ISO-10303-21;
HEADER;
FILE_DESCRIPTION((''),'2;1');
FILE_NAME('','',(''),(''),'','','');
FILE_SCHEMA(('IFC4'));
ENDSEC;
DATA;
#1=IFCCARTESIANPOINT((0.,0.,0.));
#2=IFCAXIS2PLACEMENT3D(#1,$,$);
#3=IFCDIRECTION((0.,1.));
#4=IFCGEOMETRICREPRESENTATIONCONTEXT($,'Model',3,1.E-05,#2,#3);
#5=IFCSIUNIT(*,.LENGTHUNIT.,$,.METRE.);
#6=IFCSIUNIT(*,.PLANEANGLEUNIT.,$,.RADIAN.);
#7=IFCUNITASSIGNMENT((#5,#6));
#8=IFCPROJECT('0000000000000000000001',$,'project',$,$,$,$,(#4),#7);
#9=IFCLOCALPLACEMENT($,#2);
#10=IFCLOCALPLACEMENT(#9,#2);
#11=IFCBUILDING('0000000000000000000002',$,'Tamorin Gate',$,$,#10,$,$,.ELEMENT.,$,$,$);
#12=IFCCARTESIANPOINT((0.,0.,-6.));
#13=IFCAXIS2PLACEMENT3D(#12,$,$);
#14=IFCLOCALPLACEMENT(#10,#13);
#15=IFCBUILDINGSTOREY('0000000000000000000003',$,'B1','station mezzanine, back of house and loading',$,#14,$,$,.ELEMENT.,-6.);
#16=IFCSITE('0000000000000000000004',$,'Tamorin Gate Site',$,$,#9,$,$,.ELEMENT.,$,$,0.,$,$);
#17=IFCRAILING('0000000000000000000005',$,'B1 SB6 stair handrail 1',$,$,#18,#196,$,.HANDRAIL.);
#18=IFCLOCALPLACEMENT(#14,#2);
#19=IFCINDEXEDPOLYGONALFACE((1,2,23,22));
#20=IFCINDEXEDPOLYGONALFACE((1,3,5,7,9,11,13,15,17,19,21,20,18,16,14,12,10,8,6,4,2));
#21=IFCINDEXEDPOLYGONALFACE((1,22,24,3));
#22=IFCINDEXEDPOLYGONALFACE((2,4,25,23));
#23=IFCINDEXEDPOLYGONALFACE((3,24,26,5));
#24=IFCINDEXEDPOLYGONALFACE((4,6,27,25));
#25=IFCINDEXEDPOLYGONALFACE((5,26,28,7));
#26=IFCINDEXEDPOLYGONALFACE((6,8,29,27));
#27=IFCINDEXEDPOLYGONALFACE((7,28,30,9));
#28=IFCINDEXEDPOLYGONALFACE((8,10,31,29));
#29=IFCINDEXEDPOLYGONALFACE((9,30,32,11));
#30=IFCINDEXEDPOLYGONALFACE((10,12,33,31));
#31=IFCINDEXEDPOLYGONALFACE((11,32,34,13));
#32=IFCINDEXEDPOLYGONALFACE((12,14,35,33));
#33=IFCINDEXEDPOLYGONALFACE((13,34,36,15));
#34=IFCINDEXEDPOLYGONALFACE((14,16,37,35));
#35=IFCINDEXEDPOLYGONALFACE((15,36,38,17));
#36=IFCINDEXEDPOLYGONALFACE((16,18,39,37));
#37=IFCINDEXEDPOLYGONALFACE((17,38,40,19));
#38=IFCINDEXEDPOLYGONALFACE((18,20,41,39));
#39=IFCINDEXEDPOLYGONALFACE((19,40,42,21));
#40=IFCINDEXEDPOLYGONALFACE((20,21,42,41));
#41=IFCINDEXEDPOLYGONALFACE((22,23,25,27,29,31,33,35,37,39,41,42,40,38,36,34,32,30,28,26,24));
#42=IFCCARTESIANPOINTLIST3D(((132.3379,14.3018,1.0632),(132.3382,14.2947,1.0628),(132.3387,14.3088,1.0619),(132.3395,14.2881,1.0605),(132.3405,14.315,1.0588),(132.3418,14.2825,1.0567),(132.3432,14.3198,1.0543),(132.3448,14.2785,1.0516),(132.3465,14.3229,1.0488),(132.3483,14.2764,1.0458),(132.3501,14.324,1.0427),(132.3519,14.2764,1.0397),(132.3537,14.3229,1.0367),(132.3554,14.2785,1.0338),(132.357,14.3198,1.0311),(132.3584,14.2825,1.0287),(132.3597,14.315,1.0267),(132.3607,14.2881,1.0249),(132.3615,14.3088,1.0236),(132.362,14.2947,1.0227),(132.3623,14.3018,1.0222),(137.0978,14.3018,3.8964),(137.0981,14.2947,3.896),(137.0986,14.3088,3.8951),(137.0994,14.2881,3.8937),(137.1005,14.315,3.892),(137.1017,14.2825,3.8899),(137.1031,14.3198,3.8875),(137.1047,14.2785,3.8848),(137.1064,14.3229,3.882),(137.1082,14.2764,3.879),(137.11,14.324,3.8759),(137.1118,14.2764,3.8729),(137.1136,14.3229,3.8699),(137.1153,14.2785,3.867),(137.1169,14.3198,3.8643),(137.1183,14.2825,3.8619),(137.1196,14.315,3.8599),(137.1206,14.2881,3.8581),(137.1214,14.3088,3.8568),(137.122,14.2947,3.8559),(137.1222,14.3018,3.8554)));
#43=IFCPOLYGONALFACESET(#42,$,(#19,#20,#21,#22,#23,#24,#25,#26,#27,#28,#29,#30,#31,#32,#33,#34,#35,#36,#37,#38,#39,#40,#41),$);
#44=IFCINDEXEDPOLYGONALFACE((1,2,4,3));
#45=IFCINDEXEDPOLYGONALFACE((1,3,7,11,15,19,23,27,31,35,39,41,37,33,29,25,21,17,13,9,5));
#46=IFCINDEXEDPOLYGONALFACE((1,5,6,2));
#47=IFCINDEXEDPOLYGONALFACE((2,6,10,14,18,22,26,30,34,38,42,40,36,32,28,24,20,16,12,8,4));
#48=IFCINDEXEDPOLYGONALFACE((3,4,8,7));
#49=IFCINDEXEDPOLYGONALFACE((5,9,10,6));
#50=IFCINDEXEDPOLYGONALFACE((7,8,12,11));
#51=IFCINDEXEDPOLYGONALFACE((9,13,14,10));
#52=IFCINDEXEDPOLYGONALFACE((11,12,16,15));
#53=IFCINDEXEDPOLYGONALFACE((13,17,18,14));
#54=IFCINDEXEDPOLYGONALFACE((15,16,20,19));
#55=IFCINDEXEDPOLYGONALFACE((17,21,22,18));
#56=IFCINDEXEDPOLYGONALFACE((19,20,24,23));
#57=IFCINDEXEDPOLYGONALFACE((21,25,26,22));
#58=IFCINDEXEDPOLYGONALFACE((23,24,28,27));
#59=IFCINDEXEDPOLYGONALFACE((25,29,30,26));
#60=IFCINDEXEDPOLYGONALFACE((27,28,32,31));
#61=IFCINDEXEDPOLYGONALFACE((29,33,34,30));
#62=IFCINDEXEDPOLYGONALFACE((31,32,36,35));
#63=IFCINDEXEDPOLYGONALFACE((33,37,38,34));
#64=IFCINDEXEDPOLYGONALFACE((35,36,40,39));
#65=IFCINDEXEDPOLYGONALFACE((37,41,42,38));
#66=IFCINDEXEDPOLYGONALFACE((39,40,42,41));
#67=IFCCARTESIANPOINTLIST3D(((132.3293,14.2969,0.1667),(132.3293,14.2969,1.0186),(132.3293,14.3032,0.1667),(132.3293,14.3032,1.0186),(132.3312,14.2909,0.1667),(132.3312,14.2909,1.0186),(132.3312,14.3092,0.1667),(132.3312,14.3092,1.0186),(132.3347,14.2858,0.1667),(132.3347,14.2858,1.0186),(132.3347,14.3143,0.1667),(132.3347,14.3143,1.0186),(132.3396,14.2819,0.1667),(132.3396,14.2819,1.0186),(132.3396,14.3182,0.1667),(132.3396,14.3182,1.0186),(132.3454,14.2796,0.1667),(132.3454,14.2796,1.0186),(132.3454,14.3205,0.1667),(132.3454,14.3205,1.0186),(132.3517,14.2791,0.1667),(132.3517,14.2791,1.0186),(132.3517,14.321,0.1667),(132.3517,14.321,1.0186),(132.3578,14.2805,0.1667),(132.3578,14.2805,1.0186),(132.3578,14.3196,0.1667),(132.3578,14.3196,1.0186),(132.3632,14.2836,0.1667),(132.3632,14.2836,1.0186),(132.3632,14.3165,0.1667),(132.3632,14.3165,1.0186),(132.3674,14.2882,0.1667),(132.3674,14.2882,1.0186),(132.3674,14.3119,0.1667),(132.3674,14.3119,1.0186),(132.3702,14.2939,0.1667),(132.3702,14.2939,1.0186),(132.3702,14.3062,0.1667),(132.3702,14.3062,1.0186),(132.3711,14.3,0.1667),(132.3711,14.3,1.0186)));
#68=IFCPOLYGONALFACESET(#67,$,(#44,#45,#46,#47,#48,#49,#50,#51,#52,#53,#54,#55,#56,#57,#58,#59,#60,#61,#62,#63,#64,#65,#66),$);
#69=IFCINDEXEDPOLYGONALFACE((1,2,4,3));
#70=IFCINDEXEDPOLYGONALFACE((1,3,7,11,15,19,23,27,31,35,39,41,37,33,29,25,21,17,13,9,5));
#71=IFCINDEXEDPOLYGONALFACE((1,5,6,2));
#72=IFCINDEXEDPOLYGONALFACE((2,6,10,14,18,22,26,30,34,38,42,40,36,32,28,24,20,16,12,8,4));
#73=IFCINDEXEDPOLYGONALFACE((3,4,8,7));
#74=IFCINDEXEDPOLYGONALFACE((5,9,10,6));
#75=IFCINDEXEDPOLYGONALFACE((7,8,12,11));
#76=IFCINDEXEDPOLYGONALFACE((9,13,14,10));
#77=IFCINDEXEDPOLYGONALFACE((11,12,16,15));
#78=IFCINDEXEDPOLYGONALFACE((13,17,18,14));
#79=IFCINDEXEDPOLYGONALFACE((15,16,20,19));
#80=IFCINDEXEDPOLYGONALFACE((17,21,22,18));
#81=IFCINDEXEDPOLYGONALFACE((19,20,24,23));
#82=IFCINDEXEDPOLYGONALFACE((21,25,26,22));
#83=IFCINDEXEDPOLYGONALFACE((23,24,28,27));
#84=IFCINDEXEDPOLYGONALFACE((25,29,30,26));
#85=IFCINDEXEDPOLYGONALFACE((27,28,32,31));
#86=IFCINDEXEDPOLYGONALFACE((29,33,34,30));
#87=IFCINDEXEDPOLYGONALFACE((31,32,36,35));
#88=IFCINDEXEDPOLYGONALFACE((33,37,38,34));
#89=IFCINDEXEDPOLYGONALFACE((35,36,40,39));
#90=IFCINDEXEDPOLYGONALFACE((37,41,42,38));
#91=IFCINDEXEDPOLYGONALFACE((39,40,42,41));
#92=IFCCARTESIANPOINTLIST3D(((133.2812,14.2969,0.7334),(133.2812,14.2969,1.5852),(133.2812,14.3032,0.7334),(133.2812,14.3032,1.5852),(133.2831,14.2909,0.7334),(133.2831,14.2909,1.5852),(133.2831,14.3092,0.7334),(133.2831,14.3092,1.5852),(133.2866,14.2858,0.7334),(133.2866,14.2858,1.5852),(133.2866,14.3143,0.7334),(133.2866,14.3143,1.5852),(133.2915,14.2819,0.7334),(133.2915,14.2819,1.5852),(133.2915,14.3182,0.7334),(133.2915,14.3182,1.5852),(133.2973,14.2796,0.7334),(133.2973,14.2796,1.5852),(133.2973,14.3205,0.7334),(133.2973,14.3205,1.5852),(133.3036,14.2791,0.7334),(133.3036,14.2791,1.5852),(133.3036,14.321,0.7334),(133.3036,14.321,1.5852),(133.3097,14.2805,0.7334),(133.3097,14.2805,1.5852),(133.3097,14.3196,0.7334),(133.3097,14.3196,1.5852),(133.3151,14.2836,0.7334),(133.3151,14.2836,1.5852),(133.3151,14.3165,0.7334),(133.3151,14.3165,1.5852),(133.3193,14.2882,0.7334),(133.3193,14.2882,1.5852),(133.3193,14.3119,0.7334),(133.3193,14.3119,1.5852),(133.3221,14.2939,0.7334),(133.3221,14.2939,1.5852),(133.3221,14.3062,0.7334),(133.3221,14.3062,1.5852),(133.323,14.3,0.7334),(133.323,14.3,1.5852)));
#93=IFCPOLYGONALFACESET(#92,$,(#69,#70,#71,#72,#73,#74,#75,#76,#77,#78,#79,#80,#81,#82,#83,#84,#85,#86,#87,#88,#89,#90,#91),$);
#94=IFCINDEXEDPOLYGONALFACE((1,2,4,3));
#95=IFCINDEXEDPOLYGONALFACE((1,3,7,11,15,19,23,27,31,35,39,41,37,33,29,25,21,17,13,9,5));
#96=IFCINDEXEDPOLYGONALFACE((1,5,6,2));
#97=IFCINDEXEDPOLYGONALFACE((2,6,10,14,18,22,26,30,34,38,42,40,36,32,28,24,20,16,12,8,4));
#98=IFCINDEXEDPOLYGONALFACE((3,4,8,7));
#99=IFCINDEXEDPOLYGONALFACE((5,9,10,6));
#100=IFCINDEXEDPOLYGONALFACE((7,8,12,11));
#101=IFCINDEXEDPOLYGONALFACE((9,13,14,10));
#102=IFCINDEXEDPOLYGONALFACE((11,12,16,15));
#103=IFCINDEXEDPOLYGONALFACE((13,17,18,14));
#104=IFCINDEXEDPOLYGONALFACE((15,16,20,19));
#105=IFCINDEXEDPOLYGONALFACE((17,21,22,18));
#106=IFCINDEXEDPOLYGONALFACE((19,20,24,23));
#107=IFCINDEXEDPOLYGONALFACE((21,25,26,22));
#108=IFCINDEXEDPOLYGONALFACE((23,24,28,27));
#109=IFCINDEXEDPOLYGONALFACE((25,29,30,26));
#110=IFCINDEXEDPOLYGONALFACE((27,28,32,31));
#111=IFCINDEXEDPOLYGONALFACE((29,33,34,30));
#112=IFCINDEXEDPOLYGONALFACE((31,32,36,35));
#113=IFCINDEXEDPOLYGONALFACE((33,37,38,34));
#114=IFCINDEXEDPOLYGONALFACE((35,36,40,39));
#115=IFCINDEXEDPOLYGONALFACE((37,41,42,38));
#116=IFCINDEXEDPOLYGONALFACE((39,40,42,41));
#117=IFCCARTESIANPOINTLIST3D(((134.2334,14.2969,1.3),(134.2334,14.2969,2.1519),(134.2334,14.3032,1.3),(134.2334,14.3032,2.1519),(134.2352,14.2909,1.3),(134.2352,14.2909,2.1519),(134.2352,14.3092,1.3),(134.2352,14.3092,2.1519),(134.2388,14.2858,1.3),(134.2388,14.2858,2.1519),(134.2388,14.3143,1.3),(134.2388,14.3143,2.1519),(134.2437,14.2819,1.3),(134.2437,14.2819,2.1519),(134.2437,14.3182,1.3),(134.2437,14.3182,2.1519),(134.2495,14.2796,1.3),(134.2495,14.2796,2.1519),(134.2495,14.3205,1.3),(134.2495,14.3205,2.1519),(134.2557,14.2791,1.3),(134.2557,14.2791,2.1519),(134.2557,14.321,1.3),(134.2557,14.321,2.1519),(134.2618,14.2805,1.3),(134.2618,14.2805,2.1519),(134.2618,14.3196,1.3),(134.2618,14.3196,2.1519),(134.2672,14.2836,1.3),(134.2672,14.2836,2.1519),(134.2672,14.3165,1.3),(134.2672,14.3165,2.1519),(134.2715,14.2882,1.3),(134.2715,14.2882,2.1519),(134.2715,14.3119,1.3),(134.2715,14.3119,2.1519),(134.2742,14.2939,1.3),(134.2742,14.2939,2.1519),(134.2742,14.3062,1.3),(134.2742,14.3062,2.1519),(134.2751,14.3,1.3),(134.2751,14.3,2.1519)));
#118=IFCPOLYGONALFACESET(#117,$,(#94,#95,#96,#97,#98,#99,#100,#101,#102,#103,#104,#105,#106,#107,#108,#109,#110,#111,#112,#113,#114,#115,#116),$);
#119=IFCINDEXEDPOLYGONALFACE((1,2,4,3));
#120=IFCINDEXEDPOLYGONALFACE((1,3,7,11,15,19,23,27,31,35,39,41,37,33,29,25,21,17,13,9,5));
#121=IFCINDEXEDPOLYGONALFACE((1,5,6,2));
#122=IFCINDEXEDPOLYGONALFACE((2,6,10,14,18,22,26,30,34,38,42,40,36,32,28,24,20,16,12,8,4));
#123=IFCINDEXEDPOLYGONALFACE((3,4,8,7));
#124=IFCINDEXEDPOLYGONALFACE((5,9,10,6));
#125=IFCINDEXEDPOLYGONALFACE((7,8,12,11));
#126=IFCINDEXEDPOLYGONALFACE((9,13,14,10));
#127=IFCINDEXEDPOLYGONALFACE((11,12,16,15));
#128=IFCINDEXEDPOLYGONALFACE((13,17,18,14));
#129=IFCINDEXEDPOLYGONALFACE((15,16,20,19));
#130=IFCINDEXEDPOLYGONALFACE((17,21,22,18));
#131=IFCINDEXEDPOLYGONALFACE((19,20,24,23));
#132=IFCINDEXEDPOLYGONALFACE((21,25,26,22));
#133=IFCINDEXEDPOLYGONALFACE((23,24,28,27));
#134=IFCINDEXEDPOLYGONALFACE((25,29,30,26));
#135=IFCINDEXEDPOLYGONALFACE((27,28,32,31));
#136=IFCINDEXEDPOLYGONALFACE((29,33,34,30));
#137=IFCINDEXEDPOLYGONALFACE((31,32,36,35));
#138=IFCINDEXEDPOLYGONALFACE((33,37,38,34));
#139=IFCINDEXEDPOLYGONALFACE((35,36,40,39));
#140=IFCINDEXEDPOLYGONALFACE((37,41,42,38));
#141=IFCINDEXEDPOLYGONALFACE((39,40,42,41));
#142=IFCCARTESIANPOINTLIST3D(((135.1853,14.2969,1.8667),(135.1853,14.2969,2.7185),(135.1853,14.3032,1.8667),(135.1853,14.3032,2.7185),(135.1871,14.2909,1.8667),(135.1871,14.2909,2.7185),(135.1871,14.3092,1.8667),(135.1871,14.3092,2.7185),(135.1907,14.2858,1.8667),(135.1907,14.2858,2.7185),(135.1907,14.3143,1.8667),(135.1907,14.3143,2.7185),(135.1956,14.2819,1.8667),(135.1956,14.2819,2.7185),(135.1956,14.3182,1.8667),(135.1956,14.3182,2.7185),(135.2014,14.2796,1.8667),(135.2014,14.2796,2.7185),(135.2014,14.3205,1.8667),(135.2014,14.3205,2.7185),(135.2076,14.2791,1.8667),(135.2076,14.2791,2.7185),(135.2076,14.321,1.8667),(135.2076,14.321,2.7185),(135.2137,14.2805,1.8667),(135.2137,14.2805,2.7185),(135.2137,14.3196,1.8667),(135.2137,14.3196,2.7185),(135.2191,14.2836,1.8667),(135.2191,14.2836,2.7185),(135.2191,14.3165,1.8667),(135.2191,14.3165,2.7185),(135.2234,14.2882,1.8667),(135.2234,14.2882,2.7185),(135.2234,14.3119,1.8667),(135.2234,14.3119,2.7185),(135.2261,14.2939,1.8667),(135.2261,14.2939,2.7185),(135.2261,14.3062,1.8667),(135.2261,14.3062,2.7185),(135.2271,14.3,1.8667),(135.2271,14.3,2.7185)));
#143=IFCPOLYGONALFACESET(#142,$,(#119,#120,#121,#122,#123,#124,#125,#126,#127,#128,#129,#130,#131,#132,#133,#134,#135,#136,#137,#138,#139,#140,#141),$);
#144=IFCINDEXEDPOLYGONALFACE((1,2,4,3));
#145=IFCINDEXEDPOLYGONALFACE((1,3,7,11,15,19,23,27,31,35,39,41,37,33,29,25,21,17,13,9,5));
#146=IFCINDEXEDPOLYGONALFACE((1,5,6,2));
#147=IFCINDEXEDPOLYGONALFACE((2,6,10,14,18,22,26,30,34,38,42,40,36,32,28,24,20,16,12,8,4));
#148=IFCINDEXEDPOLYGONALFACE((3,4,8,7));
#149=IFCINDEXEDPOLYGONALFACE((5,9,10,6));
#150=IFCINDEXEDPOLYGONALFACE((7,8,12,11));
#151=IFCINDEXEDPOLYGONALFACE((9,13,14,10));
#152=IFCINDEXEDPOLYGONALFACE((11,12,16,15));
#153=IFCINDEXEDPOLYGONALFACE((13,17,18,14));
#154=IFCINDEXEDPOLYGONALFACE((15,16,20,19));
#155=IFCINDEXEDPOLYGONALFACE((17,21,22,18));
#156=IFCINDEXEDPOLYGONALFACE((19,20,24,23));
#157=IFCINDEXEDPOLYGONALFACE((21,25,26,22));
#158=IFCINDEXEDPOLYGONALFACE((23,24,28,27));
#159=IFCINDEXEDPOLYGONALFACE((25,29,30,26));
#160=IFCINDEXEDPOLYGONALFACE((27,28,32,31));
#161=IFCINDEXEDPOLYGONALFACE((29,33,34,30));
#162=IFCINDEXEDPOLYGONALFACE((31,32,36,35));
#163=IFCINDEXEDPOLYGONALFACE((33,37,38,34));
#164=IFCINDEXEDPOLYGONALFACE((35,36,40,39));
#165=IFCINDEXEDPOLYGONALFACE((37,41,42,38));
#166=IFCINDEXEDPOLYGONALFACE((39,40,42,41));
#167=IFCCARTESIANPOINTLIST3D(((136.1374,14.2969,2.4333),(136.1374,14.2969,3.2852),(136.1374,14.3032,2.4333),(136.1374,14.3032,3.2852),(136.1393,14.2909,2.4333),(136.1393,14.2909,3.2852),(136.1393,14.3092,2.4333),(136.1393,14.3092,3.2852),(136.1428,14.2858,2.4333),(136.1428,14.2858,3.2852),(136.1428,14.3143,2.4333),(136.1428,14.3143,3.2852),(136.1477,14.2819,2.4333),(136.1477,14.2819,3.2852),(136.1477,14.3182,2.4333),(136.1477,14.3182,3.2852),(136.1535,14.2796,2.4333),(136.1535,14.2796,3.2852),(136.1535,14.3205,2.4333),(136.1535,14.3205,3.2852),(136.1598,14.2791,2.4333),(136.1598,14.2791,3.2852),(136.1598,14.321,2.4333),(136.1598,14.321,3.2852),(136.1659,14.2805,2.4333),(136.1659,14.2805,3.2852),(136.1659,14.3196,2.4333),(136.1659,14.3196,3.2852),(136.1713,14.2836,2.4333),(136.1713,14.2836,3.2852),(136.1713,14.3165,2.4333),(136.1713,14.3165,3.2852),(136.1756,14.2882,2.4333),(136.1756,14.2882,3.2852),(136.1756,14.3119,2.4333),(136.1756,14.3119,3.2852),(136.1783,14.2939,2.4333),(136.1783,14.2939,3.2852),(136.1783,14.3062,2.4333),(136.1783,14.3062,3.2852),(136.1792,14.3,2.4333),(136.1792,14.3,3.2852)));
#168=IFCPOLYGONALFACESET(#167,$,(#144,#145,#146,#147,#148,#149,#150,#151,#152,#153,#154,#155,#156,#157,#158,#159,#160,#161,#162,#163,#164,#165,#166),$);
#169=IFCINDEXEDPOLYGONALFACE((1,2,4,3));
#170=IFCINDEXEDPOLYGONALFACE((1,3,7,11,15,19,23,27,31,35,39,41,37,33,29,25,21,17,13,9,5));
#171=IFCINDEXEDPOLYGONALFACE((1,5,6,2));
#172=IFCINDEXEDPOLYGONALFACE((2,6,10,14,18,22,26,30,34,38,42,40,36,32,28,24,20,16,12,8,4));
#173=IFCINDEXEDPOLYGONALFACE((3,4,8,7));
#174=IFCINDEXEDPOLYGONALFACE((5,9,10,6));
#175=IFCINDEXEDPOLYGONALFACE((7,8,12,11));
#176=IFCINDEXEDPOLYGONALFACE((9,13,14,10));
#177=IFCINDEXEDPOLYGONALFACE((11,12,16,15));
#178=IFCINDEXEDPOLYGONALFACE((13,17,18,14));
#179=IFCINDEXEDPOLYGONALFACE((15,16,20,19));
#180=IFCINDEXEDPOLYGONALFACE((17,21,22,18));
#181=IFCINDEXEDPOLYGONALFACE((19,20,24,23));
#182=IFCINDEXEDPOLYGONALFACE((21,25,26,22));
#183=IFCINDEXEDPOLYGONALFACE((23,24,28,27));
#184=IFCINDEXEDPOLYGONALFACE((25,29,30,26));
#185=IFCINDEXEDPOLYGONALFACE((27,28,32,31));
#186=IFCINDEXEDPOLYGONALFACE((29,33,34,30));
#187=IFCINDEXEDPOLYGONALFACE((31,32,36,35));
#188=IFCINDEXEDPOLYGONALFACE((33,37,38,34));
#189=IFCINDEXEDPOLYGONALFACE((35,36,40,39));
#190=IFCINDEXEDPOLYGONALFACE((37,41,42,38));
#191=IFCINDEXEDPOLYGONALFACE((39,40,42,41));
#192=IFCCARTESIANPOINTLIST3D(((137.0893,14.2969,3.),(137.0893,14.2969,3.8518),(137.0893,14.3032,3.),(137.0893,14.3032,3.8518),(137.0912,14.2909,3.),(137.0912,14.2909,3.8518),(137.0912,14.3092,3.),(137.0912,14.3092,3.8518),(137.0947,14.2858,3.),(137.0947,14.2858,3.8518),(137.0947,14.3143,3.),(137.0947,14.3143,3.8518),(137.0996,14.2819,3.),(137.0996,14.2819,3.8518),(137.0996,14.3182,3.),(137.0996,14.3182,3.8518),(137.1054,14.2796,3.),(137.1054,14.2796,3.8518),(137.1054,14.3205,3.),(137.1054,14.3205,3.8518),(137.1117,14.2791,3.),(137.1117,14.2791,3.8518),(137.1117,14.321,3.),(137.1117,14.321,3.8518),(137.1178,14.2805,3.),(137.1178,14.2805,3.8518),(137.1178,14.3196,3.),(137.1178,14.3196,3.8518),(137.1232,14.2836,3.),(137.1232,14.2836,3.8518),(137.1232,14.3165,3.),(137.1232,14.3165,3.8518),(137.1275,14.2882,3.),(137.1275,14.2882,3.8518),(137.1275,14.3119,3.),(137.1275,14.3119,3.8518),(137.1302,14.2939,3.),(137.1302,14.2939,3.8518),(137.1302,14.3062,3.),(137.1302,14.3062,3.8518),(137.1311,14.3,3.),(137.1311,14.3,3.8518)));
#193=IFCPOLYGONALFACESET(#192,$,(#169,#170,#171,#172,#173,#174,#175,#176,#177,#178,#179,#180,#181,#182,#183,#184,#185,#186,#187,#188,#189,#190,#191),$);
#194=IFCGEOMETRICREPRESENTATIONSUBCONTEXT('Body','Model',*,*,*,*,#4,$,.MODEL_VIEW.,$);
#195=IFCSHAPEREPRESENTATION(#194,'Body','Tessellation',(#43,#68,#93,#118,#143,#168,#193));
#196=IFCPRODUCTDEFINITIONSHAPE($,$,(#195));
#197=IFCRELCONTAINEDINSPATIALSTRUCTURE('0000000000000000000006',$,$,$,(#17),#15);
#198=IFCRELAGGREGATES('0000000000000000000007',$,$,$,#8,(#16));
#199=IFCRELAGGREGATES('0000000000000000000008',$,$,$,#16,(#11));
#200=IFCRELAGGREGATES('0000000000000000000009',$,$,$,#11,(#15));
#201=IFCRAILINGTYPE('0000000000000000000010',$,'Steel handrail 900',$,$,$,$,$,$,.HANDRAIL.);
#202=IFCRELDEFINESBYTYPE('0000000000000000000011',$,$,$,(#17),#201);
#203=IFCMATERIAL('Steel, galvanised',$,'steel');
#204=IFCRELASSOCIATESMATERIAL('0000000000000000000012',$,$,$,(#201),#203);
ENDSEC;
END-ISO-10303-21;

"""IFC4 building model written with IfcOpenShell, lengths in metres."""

from ifc_helpers import new_model, si_unit, direction, frame, origin, origin_2d, place, context, subcontext, project, spatial, circle, extrude, material, type_object, element, save


model = new_model("IFC4")

# Units and contexts
model_context = context("Model", 3, precision=1e-05, world=origin(), true_north=direction((0.0, 1.0)))
body_context = subcontext(model_context, "Body", "Model", "MODEL_VIEW")
ifc_project = project(units=[si_unit("LENGTHUNIT", "METRE"), si_unit("PLANEANGLEUNIT", "RADIAN")], contexts=[model_context])

# Site, building, storey
site_placement = place(None, origin())
site = spatial("IfcSite", under=ifc_project, at=site_placement, Name="Tamorin Gate Site", CompositionType="ELEMENT", RefElevation=0.0)
building_placement = place(site_placement, origin())
building = spatial("IfcBuilding", under=site, at=building_placement, Name="Tamorin Gate", CompositionType="ELEMENT")
storey_placement = place(building_placement, frame((0.0, 0.0, -6.0)))
storey = spatial("IfcBuildingStorey", under=building, at=storey_placement, Name="B1", Description="station mezzanine, back of house and loading", CompositionType="ELEMENT", Elevation=-6.0)

# Railing
ifc_material_1 = material(Name="Steel, galvanised", Category="steel")
railing_type_1 = type_object("IfcRailingType", Name="Steel handrail 900", PredefinedType="HANDRAIL", material=ifc_material_1)
railing_1_placement = place(storey_placement, frame((132.3501, 14.3, 0.1667)))
element("IfcRailing", 1, at=railing_1_placement, inside=storey, type_object=railing_type_1, Name="B1 SB6 stair handrail 1", PredefinedType="HANDRAIL", context=body_context, shape_type="SweptSolid", body=[
    extrude(circle(Radius=0.0239, at=origin_2d()), frame((0.0, 0.0, 0.876), z_axis=(0.8593, 0.0, 0.511472), x_axis=(0.0, 1.0, 0.0)), (0.0, 0.0, 1.0), 5.5393),
    extrude(circle(Radius=0.021, at=origin_2d()), origin(), (0.0, 0.0, 1.0), 0.8518),
    extrude(circle(Radius=0.021, at=origin_2d()), frame((0.9519, 0.0, 0.5667)), (0.0, 0.0, 1.0), 0.8518),
    extrude(circle(Radius=0.021, at=origin_2d()), frame((1.9041, 0.0, 1.1333)), (0.0, 0.0, 1.0), 0.8518),
    extrude(circle(Radius=0.021, at=origin_2d()), frame((2.856, 0.0, 1.7)), (0.0, 0.0, 1.0), 0.8518),
    extrude(circle(Radius=0.021, at=origin_2d()), frame((3.8081, 0.0, 2.2666)), (0.0, 0.0, 1.0), 0.8518),
    extrude(circle(Radius=0.021, at=origin_2d()), frame((4.76, 0.0, 2.8333)), (0.0, 0.0, 1.0), 0.8518),
])

save(model, "model.ifc")
